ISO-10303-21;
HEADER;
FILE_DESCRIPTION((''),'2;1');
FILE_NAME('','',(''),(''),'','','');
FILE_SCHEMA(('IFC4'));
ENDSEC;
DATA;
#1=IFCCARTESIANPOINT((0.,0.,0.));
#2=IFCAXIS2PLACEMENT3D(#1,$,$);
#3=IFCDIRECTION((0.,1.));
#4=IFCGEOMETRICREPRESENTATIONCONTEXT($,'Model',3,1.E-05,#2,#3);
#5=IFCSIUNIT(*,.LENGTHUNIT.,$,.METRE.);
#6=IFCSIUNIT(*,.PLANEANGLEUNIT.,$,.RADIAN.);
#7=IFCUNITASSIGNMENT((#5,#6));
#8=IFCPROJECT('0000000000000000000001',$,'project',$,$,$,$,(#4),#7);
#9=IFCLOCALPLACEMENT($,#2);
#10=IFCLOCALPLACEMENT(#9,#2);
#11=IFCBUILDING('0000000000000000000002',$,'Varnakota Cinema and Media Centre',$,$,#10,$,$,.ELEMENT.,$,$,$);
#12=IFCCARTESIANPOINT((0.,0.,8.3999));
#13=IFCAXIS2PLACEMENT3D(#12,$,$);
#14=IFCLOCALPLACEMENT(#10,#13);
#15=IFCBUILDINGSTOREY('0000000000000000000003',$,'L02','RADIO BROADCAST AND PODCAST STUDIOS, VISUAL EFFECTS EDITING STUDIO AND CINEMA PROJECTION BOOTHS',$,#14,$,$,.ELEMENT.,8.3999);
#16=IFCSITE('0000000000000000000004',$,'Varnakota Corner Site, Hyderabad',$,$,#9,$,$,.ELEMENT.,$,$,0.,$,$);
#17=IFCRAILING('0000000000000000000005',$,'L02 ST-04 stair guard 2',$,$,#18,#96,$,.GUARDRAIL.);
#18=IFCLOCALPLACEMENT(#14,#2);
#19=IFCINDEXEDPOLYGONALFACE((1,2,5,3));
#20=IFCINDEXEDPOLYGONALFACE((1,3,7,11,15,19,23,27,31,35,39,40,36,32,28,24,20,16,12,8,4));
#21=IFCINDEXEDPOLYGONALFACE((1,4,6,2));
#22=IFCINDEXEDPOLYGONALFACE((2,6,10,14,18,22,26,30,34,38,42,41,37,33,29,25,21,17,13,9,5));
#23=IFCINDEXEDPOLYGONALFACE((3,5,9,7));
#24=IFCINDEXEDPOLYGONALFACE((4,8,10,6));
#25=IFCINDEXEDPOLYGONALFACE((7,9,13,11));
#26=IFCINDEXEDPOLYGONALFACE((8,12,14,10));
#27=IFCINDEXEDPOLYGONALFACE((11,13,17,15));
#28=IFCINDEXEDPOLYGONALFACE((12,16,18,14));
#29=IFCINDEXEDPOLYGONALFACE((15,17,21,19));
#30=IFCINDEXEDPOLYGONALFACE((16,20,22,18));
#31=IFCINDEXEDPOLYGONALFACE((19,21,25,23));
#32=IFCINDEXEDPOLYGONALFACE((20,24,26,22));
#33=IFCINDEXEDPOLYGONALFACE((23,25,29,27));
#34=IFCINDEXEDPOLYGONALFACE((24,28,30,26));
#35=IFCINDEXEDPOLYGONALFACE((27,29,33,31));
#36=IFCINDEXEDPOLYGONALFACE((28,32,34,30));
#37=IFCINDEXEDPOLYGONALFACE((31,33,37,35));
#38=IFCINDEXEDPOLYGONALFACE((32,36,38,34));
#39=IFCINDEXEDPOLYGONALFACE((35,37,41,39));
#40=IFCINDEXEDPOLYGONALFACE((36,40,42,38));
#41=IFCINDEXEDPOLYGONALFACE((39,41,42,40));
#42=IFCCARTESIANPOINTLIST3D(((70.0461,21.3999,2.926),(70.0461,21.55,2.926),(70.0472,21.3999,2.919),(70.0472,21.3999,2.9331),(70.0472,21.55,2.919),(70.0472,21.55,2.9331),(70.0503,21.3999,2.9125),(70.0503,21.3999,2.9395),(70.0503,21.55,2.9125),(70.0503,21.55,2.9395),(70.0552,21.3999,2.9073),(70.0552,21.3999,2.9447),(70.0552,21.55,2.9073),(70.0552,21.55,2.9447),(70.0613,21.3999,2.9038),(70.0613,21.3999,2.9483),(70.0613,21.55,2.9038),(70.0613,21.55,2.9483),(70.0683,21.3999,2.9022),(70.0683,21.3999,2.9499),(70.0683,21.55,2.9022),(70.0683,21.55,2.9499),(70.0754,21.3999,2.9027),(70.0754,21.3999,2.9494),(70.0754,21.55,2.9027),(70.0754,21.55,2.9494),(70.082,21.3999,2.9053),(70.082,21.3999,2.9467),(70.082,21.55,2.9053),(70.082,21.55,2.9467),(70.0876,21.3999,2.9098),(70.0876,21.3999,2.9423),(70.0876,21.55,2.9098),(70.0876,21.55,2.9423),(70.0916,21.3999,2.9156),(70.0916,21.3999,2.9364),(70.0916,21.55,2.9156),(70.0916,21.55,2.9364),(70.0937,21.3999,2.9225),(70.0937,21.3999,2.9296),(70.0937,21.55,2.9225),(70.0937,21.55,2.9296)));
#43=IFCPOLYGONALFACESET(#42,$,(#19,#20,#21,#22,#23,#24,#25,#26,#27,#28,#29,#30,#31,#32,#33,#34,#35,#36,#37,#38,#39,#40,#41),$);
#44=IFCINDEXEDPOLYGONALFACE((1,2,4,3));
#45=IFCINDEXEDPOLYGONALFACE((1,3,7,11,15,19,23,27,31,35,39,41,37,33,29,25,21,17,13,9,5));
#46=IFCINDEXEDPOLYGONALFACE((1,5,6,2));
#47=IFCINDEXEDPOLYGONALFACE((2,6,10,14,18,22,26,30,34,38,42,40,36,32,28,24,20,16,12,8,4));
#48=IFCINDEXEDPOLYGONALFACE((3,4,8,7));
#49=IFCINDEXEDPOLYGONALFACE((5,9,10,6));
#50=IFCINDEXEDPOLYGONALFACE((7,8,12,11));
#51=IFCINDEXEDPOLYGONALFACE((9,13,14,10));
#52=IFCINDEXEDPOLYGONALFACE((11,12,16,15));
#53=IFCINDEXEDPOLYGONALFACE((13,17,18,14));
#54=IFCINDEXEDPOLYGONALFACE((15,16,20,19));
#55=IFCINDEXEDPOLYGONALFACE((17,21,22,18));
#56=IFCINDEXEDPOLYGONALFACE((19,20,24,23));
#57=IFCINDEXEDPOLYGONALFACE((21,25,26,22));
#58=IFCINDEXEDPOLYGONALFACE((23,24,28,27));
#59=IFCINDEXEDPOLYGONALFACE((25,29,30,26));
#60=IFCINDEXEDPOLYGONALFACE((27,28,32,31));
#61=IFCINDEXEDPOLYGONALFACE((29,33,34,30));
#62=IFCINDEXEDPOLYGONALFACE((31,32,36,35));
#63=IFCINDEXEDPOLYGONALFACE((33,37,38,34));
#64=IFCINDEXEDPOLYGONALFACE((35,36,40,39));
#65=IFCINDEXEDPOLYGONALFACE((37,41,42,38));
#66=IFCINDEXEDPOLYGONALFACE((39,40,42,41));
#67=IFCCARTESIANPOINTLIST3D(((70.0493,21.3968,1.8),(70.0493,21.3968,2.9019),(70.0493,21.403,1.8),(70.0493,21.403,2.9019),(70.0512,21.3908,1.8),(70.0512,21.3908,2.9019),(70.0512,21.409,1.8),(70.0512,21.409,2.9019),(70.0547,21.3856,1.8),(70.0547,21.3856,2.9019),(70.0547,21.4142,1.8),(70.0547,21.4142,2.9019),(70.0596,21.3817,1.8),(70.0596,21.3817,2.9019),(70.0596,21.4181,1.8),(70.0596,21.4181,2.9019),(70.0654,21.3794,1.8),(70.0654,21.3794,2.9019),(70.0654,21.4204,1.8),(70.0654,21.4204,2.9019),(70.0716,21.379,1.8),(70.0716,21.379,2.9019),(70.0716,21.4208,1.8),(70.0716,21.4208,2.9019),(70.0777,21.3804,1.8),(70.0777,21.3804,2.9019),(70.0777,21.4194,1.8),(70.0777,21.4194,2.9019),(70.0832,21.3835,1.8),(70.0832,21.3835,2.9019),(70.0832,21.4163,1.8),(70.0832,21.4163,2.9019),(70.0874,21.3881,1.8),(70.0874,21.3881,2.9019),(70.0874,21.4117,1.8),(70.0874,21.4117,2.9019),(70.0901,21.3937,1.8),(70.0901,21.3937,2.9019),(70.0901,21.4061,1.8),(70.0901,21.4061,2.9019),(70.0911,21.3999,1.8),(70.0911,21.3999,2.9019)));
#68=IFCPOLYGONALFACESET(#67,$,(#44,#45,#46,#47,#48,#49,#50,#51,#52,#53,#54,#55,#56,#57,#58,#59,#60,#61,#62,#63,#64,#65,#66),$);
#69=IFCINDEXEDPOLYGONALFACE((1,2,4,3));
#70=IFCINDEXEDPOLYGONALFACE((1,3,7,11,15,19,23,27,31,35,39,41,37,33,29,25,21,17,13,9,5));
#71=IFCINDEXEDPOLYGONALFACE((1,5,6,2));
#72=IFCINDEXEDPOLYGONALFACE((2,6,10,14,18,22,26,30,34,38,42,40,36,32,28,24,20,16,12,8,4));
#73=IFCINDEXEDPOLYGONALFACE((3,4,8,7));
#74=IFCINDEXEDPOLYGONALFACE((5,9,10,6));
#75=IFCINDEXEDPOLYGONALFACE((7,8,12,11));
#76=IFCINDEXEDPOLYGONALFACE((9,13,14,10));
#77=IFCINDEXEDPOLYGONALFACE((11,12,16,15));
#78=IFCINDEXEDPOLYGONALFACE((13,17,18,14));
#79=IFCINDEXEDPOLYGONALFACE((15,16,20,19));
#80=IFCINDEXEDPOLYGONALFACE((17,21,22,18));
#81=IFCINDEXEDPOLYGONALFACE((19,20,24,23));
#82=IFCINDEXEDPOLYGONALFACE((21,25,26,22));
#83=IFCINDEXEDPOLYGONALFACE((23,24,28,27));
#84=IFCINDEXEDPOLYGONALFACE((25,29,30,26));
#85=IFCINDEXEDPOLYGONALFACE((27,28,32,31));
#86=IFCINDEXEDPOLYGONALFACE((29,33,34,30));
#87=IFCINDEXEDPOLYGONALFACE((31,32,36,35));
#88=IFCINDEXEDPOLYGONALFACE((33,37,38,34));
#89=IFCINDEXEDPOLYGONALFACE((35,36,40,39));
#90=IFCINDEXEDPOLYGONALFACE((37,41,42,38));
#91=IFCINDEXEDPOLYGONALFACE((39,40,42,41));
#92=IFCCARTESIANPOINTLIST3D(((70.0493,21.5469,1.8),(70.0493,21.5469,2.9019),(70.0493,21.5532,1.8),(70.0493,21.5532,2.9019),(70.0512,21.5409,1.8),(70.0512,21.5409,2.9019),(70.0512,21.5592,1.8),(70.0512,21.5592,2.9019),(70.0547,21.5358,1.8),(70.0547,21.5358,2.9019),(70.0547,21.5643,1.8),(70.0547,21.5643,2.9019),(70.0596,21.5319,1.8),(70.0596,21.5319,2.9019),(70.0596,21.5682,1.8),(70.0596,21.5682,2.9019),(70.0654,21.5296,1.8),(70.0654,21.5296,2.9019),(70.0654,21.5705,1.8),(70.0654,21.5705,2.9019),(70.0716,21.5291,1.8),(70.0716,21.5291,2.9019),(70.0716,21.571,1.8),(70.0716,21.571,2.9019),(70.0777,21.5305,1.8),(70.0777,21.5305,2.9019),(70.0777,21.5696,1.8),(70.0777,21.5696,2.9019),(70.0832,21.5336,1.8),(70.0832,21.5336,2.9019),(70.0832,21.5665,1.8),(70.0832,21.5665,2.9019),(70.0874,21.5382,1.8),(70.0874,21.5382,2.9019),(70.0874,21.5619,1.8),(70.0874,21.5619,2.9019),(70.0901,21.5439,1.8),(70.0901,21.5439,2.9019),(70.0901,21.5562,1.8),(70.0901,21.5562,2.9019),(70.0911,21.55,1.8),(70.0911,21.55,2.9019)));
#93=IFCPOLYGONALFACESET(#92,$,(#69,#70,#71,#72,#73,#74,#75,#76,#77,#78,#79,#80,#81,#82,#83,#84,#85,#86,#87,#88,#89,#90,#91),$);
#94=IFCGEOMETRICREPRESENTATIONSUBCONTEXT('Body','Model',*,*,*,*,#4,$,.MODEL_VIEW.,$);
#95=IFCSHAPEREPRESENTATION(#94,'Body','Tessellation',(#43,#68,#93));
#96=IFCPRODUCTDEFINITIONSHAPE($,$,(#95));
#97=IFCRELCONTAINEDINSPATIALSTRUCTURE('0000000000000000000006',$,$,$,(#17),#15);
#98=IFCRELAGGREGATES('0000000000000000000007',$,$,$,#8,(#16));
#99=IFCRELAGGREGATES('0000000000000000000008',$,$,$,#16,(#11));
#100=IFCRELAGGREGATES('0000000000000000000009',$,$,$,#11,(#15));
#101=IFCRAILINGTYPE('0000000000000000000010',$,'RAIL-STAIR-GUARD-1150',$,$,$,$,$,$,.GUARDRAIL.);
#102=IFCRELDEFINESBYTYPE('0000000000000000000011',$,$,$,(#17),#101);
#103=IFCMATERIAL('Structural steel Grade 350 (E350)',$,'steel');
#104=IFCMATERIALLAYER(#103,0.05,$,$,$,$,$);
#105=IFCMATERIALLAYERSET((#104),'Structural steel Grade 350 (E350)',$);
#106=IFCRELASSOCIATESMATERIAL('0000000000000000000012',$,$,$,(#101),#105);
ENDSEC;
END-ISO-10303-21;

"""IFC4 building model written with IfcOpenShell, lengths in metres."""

from ifc_helpers import new_model, si_unit, direction, frame, origin, origin_2d, place, context, subcontext, project, spatial, circle, extrude, material, layer, layer_set, type_object, element, save


model = new_model("IFC4")

# Units and contexts
model_context = context("Model", 3, precision=1e-05, world=origin(), true_north=direction((0.0, 1.0)))
body_context = subcontext(model_context, "Body", "Model", "MODEL_VIEW")
ifc_project = project(units=[si_unit("LENGTHUNIT", "METRE"), si_unit("PLANEANGLEUNIT", "RADIAN")], contexts=[model_context])

# Site, building, storey
site_placement = place(None, origin())
site = spatial("IfcSite", under=ifc_project, at=site_placement, Name="Varnakota Corner Site, Hyderabad", CompositionType="ELEMENT", RefElevation=0.0)
building_placement = place(site_placement, origin())
building = spatial("IfcBuilding", under=site, at=building_placement, Name="Varnakota Cinema and Media Centre", CompositionType="ELEMENT")
storey_placement = place(building_placement, frame((0.0, 0.0, 8.3999)))
storey = spatial("IfcBuildingStorey", under=building, at=storey_placement, Name="L02", Description="RADIO BROADCAST AND PODCAST STUDIOS, VISUAL EFFECTS EDITING STUDIO AND CINEMA PROJECTION BOOTHS", CompositionType="ELEMENT", Elevation=8.3999)

# Railing
ifc_material_1 = material(Name="Structural steel Grade 350 (E350)", Category="steel")
ifc_layer_1 = layer(ifc_material_1, 0.05)
ifc_layer_set_1 = layer_set([ifc_layer_1], Name="Structural steel Grade 350 (E350)")
railing_type_1 = type_object("IfcRailingType", Name="RAIL-STAIR-GUARD-1150", PredefinedType="GUARDRAIL", material=ifc_layer_set_1)
railing_1_placement = place(storey_placement, frame((70.0701, 21.3999, 1.8)))
element("IfcRailing", 1, at=railing_1_placement, inside=storey, type_object=railing_type_1, Name="L02 ST-04 stair guard 2", PredefinedType="GUARDRAIL", context=body_context, shape_type="SweptSolid", body=[
    extrude(circle(Radius=0.0239, at=origin_2d()), frame((0.0, 0.0, 1.126), z_axis=(0.0, 1.0, 0.0), x_axis=(-1.0, 0.0, 0.0)), (0.0, 0.0, 1.0), 0.1501),
    extrude(circle(Radius=0.021, at=origin_2d()), origin(), (0.0, 0.0, 1.0), 1.1018),
    extrude(circle(Radius=0.021, at=origin_2d()), frame((0.0, 0.1501, 0.0)), (0.0, 0.0, 1.0), 1.1018),
])

save(model, "model.ifc")
